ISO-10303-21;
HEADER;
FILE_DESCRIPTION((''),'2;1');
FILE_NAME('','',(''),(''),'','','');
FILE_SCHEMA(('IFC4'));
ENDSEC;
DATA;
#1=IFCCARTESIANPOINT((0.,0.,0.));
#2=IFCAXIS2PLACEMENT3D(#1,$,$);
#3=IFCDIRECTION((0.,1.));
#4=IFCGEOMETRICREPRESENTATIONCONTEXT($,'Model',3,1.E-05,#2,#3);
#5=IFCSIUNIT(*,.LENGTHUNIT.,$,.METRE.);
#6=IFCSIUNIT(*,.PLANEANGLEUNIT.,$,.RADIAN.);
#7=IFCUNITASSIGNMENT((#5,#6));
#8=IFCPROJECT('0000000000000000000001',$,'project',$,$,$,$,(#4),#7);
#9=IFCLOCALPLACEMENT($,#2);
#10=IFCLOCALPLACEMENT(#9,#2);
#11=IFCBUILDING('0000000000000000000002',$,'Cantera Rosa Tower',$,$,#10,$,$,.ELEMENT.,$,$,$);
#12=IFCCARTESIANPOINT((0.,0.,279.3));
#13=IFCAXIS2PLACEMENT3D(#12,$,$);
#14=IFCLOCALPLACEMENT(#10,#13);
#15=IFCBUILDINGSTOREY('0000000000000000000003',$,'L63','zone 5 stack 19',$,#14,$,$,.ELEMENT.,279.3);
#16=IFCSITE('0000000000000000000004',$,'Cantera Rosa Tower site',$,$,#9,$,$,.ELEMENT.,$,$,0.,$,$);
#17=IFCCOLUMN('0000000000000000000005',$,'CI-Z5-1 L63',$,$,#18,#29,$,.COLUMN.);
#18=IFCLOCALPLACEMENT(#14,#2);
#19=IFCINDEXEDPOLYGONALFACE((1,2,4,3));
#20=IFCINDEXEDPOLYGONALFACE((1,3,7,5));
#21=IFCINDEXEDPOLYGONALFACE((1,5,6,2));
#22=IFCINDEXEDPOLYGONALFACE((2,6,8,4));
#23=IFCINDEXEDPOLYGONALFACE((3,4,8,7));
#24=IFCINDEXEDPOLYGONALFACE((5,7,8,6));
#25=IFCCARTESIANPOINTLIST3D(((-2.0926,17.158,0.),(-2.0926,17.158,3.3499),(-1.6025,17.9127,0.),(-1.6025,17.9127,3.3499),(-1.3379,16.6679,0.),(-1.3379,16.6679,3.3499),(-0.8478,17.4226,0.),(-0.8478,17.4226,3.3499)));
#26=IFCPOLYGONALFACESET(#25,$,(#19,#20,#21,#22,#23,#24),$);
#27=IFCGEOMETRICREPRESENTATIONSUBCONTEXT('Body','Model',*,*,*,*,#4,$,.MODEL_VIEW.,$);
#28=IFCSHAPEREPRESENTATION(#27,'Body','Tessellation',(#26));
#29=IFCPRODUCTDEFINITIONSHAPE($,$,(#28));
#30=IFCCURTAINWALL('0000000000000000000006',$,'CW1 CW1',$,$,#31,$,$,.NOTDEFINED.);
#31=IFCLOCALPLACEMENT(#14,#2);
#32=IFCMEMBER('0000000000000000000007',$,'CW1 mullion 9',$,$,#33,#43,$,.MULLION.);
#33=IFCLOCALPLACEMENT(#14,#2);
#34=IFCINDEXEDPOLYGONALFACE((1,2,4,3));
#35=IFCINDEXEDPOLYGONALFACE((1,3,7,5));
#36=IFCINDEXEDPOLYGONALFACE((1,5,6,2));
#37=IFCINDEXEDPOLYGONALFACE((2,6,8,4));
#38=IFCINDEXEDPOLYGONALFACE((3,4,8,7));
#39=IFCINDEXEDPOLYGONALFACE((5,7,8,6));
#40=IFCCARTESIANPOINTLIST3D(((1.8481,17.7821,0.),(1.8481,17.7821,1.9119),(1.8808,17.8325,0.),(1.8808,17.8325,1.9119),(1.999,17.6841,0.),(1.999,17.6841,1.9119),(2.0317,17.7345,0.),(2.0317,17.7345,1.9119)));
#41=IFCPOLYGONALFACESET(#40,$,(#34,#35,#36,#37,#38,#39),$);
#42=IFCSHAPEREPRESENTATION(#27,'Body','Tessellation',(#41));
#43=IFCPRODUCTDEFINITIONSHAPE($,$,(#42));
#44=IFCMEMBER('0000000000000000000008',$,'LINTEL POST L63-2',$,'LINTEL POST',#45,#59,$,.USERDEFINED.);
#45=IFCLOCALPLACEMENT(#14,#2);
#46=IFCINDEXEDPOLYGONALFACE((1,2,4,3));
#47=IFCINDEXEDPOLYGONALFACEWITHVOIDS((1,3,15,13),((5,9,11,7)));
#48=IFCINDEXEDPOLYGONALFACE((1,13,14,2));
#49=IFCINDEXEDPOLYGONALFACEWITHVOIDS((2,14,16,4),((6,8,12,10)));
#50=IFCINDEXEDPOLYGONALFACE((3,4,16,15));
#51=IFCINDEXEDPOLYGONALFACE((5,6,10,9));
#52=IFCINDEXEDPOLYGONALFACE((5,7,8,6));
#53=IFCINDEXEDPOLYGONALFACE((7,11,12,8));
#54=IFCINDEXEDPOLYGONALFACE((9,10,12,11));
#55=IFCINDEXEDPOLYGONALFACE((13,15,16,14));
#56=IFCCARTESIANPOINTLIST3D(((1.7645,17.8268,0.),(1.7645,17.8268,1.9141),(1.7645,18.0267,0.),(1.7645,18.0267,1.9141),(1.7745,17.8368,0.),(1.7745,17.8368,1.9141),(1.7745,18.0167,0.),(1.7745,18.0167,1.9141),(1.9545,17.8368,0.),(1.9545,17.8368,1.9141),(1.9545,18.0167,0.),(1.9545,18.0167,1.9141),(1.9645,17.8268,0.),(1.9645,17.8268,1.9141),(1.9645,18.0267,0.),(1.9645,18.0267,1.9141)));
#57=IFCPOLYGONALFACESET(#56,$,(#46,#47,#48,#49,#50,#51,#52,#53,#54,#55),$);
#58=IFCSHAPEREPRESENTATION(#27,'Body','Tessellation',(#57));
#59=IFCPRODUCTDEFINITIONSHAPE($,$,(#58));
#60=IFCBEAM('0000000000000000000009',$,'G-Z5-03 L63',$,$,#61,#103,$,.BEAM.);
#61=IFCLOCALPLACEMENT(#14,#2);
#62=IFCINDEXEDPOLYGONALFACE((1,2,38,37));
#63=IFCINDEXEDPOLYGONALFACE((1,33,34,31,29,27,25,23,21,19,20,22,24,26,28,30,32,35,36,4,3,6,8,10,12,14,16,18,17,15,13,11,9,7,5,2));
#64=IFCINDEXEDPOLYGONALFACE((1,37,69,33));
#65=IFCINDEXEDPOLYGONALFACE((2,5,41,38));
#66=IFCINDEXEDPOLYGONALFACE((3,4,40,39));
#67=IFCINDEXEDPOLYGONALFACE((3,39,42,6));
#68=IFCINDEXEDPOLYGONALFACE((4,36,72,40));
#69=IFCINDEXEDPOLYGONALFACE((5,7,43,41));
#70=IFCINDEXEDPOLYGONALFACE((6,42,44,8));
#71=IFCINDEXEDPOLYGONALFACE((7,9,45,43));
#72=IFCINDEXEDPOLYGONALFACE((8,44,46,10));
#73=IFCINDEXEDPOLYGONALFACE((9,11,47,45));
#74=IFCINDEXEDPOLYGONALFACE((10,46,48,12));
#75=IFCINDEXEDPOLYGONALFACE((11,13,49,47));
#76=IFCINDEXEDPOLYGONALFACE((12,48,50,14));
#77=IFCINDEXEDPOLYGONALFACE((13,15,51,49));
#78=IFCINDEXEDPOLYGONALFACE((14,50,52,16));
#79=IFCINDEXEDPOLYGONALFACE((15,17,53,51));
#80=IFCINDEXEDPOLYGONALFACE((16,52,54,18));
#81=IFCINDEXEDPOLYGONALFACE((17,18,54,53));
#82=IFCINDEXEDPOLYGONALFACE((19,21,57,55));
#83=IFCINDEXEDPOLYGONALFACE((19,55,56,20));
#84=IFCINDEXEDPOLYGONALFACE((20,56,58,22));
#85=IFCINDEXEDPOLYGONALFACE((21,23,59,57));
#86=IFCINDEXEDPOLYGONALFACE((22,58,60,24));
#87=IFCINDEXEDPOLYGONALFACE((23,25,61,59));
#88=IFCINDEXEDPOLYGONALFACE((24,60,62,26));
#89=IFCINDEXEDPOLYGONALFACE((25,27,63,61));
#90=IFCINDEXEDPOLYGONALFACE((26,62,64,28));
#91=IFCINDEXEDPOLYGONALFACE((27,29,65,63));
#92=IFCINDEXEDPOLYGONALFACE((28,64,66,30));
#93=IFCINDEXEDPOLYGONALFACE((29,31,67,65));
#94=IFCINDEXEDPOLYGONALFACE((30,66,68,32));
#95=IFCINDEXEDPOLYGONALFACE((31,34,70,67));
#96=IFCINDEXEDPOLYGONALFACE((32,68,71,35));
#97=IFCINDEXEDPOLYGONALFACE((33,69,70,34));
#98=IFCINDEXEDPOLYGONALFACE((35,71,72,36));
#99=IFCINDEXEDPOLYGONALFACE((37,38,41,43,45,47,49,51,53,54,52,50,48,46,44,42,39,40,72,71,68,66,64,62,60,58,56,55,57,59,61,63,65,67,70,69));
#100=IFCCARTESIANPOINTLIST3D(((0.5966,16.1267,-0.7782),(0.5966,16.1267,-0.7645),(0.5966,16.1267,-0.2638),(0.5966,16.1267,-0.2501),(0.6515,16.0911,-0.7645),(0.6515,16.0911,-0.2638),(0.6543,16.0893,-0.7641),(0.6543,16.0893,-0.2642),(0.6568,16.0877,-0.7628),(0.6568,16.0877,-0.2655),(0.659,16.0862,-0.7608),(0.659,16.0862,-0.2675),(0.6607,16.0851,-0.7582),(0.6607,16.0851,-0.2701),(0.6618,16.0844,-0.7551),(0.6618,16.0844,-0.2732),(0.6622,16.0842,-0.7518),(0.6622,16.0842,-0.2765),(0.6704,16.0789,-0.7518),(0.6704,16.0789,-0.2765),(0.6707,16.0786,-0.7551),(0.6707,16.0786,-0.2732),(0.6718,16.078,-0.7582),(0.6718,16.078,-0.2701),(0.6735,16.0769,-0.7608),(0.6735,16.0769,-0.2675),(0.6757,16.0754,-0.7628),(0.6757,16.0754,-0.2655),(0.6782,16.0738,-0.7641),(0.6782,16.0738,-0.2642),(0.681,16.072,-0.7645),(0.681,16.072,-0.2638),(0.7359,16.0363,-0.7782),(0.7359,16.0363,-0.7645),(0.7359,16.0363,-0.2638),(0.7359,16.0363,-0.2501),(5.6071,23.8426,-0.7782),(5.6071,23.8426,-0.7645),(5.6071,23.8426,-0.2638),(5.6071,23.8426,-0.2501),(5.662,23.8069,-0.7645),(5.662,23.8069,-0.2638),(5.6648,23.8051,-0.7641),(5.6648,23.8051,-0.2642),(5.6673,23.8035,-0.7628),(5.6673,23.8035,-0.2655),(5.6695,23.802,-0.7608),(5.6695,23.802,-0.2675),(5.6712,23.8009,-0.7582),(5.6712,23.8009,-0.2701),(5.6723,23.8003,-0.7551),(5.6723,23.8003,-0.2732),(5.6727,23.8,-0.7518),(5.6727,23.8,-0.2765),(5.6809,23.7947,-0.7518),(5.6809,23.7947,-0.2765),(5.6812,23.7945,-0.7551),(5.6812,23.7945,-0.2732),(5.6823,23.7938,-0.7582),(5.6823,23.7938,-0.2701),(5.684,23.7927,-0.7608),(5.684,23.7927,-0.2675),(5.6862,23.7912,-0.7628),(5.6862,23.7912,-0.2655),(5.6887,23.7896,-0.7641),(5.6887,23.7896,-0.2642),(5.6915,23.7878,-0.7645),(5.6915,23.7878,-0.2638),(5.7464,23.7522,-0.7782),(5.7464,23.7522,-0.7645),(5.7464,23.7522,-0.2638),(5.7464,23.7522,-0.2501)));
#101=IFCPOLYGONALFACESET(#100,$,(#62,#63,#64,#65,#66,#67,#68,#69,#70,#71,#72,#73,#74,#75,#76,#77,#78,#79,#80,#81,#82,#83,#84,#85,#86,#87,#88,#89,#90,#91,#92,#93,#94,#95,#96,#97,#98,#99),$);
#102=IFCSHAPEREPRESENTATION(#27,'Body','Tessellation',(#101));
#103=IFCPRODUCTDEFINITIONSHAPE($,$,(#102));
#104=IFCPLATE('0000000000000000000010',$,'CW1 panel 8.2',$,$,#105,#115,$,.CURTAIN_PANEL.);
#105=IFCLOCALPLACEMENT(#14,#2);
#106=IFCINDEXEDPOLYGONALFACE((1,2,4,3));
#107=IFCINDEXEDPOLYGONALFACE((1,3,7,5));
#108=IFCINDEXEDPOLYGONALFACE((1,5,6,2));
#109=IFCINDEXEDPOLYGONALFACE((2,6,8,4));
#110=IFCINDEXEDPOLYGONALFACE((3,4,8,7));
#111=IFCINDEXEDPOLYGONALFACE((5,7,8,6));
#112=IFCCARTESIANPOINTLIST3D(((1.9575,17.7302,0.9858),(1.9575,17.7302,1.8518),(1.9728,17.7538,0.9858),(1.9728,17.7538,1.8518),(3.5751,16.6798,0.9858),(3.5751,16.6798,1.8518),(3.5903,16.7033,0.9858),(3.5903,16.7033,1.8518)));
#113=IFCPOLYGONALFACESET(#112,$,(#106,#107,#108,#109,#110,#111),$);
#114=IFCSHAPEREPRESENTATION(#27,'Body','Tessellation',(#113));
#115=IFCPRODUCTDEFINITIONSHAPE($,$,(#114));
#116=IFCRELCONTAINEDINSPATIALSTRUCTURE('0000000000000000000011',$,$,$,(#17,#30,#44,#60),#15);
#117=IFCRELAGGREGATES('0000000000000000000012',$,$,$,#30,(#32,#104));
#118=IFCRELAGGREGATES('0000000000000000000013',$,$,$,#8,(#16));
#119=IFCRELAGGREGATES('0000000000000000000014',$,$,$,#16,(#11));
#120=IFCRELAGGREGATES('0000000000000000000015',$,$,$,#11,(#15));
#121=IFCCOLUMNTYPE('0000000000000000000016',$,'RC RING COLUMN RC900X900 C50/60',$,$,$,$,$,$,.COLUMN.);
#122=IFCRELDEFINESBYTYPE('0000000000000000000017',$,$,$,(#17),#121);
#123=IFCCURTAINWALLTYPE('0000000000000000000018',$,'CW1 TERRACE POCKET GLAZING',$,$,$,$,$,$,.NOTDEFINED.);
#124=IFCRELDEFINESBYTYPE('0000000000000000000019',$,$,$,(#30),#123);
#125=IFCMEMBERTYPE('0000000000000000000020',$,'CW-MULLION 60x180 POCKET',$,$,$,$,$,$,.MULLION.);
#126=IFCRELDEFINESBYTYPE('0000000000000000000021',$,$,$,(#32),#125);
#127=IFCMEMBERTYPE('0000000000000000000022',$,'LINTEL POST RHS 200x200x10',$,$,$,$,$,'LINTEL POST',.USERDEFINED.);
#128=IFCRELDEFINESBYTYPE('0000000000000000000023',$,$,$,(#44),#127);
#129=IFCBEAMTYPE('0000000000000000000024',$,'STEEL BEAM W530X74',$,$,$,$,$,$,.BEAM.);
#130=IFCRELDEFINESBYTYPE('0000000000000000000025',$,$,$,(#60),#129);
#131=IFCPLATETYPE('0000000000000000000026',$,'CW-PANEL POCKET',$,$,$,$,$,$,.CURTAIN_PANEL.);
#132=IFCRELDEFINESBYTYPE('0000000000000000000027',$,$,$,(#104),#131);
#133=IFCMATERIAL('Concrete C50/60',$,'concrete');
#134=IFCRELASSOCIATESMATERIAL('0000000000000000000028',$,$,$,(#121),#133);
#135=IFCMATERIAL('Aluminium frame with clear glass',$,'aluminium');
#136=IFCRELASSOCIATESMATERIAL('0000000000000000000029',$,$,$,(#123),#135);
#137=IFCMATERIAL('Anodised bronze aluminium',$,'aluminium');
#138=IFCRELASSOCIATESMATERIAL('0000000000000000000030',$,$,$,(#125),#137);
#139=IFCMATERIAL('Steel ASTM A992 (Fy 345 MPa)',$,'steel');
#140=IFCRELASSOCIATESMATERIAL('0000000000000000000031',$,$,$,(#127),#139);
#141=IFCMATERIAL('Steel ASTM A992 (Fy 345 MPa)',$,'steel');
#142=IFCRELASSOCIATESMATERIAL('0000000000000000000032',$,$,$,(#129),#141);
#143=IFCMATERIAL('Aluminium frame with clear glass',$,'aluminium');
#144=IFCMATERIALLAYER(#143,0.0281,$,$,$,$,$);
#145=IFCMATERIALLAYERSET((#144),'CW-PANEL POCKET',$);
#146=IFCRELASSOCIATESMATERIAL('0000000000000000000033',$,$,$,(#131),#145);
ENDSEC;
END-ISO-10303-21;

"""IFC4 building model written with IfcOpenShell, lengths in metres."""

from ifc_helpers import new_model, si_unit, direction, frame, origin, origin_2d, place, context, subcontext, project, spatial, rectangle, hollow_rectangle, i_section, extrude, material, layer, layer_set, material_profile, profile_set, type_object, element, aggregate, save


model = new_model("IFC4")

# Units and contexts
model_context = context("Model", 3, precision=1e-05, world=origin(), true_north=direction((0.0, 1.0)))
body_context = subcontext(model_context, "Body", "Model", "MODEL_VIEW")
ifc_project = project(units=[si_unit("LENGTHUNIT", "METRE"), si_unit("PLANEANGLEUNIT", "RADIAN")], contexts=[model_context])

# Site, building, storey
site_placement = place(None, origin())
site = spatial("IfcSite", under=ifc_project, at=site_placement, Name="Cantera Rosa Tower site", CompositionType="ELEMENT", RefElevation=0.0)
building_placement = place(site_placement, origin())
building = spatial("IfcBuilding", under=site, at=building_placement, Name="Cantera Rosa Tower", CompositionType="ELEMENT")
storey_placement = place(building_placement, frame((0.0, 0.0, 279.3)))
storey = spatial("IfcBuildingStorey", under=building, at=storey_placement, Name="L63", Description="zone 5 stack 19", CompositionType="ELEMENT", Elevation=279.3)

# Column
ifc_material_1 = material(Name="Concrete C50/60", Category="concrete")
ifc_material_profile_1 = material_profile(ifc_material_1, rectangle(XDim=0.8999, YDim=0.8999, at=origin_2d()), Name="RC RING COLUMN RC900X900 C50/60")
ifc_profile_set_1 = profile_set([ifc_material_profile_1], Name="Concrete C50/60")
column_type = type_object("IfcColumnType", Name="RC RING COLUMN RC900X900 C50/60", PredefinedType="COLUMN", material=ifc_profile_set_1)
column_placement = place(storey_placement, frame((-1.4702, 17.2903, 0.0), z_axis=(0.0, 0.0, 1.0), x_axis=(0.544639, 0.838671, 0.0)))
element("IfcColumn", 1, at=column_placement, inside=storey, type_object=column_type, Name="CI-Z5-1 L63", PredefinedType="COLUMN", context=body_context, shape_type="SweptSolid", body=[
    extrude(rectangle(XDim=0.8999, YDim=0.8999, at=origin_2d()), origin(), (0.0, 0.0, 1.0), 3.3499),
])

# Curtain wall, member
ifc_material_2 = material(Name="Aluminium frame with clear glass", Category="aluminium")
curtain_wall_type = type_object("IfcCurtainWallType", Name="CW1 TERRACE POCKET GLAZING", PredefinedType="NOTDEFINED", material=ifc_material_2)
curtain_wall_placement = place(storey_placement, origin())
curtain_wall = element("IfcCurtainWall", 2, at=curtain_wall_placement, inside=storey, type_object=curtain_wall_type, Name="CW1 CW1", PredefinedType="NOTDEFINED")
ifc_material_3 = material(Name="Anodised bronze aluminium", Category="aluminium")
ifc_material_profile_2 = material_profile(ifc_material_3, rectangle(XDim=0.0601, YDim=0.1799, at=origin_2d()), Name="CW-MULLION 60x180 POCKET")
ifc_profile_set_2 = profile_set([ifc_material_profile_2], Name="Anodised bronze aluminium")
member_type_1 = type_object("IfcMemberType", Name="CW-MULLION 60x180 POCKET", PredefinedType="MULLION", material=ifc_profile_set_2)
member_1_placement = place(storey_placement, frame((1.9399, 17.7583, 0.0), z_axis=(0.0, 0.0, 1.0), x_axis=(-0.544639, -0.838671, 0.0)))
member_1 = element("IfcMember", 3, at=member_1_placement, type_object=member_type_1, Name="CW1 mullion 9", PredefinedType="MULLION", context=body_context, shape_type="SweptSolid", body=[
    extrude(rectangle(XDim=0.0601, YDim=0.1799, at=origin_2d()), origin(), (0.0, 0.0, 1.0), 1.9119),
])

# Member
ifc_material_4 = material(Name="Steel ASTM A992 (Fy 345 MPa)", Category="steel")
ifc_material_profile_3 = material_profile(ifc_material_4, hollow_rectangle(XDim=0.2, YDim=0.2, WallThickness=0.01, at=origin_2d()), Name="LINTEL POST RHS 200x200x10")
ifc_profile_set_3 = profile_set([ifc_material_profile_3], Name="Steel ASTM A992 (Fy 345 MPa)")
member_type_2 = type_object("IfcMemberType", Name="LINTEL POST RHS 200x200x10", ElementType="LINTEL POST", PredefinedType="USERDEFINED", material=ifc_profile_set_3)
member_2_placement = place(storey_placement, frame((1.8645, 17.9268, 0.0), z_axis=(0.0, 0.0, 1.0), x_axis=(1.0, 0.0, 0.0)))
element("IfcMember", 4, at=member_2_placement, inside=storey, type_object=member_type_2, Name="LINTEL POST L63-2", ObjectType="LINTEL POST", PredefinedType="USERDEFINED", context=body_context, shape_type="SweptSolid", body=[
    extrude(hollow_rectangle(XDim=0.2, YDim=0.2, WallThickness=0.01, at=origin_2d()), origin(), (0.0, 0.0, 1.0), 1.9141),
])

# Beam
ifc_material_5 = material(Name="Steel ASTM A992 (Fy 345 MPa)", Category="steel")
ifc_material_profile_4 = material_profile(ifc_material_5, i_section(OverallWidth=0.166, OverallDepth=0.5281, WebThickness=0.0098, FlangeThickness=0.0137, FilletRadius=0.0127, at=origin_2d()), Name="W530X74")
ifc_profile_set_4 = profile_set([ifc_material_profile_4], Name="Steel ASTM A992 (Fy 345 MPa)")
beam_type = type_object("IfcBeamType", Name="STEEL BEAM W530X74", PredefinedType="BEAM", material=ifc_profile_set_4)
beam_placement = place(storey_placement, frame((5.6768, 23.7974, -0.5142), z_axis=(-0.544623, -0.838681, 0.0), x_axis=(0.838681, -0.544623, 0.0)))
element("IfcBeam", 5, at=beam_placement, inside=storey, type_object=beam_type, Name="G-Z5-03 L63", PredefinedType="BEAM", context=body_context, shape_type="SweptSolid", body=[
    extrude(i_section(OverallWidth=0.166, OverallDepth=0.5281, WebThickness=0.0098, FlangeThickness=0.0137, FilletRadius=0.0127, at=origin_2d()), origin(), (0.0, 0.0, 1.0), 9.2),
])

# Plate
ifc_material_6 = material(Name="Aluminium frame with clear glass", Category="aluminium")
ifc_layer_1 = layer(ifc_material_6, 0.0281)
ifc_layer_set_1 = layer_set([ifc_layer_1], Name="CW-PANEL POCKET")
plate_type = type_object("IfcPlateType", Name="CW-PANEL POCKET", PredefinedType="CURTAIN_PANEL", material=ifc_layer_set_1)
plate_placement = place(storey_placement, frame((2.7739, 17.2168, 0.9858), z_axis=(0.0, 0.0, 1.0), x_axis=(-0.838671, 0.544639, 0.0)))
plate = element("IfcPlate", 6, at=plate_placement, type_object=plate_type, Name="CW1 panel 8.2", PredefinedType="CURTAIN_PANEL", context=body_context, shape_type="SweptSolid", body=[
    extrude(rectangle(XDim=1.9287, YDim=0.0281, at=origin_2d()), origin(), (0.0, 0.0, 1.0), 0.866),
])
aggregate(curtain_wall, [member_1, plate])

save(model, "model.ifc")
